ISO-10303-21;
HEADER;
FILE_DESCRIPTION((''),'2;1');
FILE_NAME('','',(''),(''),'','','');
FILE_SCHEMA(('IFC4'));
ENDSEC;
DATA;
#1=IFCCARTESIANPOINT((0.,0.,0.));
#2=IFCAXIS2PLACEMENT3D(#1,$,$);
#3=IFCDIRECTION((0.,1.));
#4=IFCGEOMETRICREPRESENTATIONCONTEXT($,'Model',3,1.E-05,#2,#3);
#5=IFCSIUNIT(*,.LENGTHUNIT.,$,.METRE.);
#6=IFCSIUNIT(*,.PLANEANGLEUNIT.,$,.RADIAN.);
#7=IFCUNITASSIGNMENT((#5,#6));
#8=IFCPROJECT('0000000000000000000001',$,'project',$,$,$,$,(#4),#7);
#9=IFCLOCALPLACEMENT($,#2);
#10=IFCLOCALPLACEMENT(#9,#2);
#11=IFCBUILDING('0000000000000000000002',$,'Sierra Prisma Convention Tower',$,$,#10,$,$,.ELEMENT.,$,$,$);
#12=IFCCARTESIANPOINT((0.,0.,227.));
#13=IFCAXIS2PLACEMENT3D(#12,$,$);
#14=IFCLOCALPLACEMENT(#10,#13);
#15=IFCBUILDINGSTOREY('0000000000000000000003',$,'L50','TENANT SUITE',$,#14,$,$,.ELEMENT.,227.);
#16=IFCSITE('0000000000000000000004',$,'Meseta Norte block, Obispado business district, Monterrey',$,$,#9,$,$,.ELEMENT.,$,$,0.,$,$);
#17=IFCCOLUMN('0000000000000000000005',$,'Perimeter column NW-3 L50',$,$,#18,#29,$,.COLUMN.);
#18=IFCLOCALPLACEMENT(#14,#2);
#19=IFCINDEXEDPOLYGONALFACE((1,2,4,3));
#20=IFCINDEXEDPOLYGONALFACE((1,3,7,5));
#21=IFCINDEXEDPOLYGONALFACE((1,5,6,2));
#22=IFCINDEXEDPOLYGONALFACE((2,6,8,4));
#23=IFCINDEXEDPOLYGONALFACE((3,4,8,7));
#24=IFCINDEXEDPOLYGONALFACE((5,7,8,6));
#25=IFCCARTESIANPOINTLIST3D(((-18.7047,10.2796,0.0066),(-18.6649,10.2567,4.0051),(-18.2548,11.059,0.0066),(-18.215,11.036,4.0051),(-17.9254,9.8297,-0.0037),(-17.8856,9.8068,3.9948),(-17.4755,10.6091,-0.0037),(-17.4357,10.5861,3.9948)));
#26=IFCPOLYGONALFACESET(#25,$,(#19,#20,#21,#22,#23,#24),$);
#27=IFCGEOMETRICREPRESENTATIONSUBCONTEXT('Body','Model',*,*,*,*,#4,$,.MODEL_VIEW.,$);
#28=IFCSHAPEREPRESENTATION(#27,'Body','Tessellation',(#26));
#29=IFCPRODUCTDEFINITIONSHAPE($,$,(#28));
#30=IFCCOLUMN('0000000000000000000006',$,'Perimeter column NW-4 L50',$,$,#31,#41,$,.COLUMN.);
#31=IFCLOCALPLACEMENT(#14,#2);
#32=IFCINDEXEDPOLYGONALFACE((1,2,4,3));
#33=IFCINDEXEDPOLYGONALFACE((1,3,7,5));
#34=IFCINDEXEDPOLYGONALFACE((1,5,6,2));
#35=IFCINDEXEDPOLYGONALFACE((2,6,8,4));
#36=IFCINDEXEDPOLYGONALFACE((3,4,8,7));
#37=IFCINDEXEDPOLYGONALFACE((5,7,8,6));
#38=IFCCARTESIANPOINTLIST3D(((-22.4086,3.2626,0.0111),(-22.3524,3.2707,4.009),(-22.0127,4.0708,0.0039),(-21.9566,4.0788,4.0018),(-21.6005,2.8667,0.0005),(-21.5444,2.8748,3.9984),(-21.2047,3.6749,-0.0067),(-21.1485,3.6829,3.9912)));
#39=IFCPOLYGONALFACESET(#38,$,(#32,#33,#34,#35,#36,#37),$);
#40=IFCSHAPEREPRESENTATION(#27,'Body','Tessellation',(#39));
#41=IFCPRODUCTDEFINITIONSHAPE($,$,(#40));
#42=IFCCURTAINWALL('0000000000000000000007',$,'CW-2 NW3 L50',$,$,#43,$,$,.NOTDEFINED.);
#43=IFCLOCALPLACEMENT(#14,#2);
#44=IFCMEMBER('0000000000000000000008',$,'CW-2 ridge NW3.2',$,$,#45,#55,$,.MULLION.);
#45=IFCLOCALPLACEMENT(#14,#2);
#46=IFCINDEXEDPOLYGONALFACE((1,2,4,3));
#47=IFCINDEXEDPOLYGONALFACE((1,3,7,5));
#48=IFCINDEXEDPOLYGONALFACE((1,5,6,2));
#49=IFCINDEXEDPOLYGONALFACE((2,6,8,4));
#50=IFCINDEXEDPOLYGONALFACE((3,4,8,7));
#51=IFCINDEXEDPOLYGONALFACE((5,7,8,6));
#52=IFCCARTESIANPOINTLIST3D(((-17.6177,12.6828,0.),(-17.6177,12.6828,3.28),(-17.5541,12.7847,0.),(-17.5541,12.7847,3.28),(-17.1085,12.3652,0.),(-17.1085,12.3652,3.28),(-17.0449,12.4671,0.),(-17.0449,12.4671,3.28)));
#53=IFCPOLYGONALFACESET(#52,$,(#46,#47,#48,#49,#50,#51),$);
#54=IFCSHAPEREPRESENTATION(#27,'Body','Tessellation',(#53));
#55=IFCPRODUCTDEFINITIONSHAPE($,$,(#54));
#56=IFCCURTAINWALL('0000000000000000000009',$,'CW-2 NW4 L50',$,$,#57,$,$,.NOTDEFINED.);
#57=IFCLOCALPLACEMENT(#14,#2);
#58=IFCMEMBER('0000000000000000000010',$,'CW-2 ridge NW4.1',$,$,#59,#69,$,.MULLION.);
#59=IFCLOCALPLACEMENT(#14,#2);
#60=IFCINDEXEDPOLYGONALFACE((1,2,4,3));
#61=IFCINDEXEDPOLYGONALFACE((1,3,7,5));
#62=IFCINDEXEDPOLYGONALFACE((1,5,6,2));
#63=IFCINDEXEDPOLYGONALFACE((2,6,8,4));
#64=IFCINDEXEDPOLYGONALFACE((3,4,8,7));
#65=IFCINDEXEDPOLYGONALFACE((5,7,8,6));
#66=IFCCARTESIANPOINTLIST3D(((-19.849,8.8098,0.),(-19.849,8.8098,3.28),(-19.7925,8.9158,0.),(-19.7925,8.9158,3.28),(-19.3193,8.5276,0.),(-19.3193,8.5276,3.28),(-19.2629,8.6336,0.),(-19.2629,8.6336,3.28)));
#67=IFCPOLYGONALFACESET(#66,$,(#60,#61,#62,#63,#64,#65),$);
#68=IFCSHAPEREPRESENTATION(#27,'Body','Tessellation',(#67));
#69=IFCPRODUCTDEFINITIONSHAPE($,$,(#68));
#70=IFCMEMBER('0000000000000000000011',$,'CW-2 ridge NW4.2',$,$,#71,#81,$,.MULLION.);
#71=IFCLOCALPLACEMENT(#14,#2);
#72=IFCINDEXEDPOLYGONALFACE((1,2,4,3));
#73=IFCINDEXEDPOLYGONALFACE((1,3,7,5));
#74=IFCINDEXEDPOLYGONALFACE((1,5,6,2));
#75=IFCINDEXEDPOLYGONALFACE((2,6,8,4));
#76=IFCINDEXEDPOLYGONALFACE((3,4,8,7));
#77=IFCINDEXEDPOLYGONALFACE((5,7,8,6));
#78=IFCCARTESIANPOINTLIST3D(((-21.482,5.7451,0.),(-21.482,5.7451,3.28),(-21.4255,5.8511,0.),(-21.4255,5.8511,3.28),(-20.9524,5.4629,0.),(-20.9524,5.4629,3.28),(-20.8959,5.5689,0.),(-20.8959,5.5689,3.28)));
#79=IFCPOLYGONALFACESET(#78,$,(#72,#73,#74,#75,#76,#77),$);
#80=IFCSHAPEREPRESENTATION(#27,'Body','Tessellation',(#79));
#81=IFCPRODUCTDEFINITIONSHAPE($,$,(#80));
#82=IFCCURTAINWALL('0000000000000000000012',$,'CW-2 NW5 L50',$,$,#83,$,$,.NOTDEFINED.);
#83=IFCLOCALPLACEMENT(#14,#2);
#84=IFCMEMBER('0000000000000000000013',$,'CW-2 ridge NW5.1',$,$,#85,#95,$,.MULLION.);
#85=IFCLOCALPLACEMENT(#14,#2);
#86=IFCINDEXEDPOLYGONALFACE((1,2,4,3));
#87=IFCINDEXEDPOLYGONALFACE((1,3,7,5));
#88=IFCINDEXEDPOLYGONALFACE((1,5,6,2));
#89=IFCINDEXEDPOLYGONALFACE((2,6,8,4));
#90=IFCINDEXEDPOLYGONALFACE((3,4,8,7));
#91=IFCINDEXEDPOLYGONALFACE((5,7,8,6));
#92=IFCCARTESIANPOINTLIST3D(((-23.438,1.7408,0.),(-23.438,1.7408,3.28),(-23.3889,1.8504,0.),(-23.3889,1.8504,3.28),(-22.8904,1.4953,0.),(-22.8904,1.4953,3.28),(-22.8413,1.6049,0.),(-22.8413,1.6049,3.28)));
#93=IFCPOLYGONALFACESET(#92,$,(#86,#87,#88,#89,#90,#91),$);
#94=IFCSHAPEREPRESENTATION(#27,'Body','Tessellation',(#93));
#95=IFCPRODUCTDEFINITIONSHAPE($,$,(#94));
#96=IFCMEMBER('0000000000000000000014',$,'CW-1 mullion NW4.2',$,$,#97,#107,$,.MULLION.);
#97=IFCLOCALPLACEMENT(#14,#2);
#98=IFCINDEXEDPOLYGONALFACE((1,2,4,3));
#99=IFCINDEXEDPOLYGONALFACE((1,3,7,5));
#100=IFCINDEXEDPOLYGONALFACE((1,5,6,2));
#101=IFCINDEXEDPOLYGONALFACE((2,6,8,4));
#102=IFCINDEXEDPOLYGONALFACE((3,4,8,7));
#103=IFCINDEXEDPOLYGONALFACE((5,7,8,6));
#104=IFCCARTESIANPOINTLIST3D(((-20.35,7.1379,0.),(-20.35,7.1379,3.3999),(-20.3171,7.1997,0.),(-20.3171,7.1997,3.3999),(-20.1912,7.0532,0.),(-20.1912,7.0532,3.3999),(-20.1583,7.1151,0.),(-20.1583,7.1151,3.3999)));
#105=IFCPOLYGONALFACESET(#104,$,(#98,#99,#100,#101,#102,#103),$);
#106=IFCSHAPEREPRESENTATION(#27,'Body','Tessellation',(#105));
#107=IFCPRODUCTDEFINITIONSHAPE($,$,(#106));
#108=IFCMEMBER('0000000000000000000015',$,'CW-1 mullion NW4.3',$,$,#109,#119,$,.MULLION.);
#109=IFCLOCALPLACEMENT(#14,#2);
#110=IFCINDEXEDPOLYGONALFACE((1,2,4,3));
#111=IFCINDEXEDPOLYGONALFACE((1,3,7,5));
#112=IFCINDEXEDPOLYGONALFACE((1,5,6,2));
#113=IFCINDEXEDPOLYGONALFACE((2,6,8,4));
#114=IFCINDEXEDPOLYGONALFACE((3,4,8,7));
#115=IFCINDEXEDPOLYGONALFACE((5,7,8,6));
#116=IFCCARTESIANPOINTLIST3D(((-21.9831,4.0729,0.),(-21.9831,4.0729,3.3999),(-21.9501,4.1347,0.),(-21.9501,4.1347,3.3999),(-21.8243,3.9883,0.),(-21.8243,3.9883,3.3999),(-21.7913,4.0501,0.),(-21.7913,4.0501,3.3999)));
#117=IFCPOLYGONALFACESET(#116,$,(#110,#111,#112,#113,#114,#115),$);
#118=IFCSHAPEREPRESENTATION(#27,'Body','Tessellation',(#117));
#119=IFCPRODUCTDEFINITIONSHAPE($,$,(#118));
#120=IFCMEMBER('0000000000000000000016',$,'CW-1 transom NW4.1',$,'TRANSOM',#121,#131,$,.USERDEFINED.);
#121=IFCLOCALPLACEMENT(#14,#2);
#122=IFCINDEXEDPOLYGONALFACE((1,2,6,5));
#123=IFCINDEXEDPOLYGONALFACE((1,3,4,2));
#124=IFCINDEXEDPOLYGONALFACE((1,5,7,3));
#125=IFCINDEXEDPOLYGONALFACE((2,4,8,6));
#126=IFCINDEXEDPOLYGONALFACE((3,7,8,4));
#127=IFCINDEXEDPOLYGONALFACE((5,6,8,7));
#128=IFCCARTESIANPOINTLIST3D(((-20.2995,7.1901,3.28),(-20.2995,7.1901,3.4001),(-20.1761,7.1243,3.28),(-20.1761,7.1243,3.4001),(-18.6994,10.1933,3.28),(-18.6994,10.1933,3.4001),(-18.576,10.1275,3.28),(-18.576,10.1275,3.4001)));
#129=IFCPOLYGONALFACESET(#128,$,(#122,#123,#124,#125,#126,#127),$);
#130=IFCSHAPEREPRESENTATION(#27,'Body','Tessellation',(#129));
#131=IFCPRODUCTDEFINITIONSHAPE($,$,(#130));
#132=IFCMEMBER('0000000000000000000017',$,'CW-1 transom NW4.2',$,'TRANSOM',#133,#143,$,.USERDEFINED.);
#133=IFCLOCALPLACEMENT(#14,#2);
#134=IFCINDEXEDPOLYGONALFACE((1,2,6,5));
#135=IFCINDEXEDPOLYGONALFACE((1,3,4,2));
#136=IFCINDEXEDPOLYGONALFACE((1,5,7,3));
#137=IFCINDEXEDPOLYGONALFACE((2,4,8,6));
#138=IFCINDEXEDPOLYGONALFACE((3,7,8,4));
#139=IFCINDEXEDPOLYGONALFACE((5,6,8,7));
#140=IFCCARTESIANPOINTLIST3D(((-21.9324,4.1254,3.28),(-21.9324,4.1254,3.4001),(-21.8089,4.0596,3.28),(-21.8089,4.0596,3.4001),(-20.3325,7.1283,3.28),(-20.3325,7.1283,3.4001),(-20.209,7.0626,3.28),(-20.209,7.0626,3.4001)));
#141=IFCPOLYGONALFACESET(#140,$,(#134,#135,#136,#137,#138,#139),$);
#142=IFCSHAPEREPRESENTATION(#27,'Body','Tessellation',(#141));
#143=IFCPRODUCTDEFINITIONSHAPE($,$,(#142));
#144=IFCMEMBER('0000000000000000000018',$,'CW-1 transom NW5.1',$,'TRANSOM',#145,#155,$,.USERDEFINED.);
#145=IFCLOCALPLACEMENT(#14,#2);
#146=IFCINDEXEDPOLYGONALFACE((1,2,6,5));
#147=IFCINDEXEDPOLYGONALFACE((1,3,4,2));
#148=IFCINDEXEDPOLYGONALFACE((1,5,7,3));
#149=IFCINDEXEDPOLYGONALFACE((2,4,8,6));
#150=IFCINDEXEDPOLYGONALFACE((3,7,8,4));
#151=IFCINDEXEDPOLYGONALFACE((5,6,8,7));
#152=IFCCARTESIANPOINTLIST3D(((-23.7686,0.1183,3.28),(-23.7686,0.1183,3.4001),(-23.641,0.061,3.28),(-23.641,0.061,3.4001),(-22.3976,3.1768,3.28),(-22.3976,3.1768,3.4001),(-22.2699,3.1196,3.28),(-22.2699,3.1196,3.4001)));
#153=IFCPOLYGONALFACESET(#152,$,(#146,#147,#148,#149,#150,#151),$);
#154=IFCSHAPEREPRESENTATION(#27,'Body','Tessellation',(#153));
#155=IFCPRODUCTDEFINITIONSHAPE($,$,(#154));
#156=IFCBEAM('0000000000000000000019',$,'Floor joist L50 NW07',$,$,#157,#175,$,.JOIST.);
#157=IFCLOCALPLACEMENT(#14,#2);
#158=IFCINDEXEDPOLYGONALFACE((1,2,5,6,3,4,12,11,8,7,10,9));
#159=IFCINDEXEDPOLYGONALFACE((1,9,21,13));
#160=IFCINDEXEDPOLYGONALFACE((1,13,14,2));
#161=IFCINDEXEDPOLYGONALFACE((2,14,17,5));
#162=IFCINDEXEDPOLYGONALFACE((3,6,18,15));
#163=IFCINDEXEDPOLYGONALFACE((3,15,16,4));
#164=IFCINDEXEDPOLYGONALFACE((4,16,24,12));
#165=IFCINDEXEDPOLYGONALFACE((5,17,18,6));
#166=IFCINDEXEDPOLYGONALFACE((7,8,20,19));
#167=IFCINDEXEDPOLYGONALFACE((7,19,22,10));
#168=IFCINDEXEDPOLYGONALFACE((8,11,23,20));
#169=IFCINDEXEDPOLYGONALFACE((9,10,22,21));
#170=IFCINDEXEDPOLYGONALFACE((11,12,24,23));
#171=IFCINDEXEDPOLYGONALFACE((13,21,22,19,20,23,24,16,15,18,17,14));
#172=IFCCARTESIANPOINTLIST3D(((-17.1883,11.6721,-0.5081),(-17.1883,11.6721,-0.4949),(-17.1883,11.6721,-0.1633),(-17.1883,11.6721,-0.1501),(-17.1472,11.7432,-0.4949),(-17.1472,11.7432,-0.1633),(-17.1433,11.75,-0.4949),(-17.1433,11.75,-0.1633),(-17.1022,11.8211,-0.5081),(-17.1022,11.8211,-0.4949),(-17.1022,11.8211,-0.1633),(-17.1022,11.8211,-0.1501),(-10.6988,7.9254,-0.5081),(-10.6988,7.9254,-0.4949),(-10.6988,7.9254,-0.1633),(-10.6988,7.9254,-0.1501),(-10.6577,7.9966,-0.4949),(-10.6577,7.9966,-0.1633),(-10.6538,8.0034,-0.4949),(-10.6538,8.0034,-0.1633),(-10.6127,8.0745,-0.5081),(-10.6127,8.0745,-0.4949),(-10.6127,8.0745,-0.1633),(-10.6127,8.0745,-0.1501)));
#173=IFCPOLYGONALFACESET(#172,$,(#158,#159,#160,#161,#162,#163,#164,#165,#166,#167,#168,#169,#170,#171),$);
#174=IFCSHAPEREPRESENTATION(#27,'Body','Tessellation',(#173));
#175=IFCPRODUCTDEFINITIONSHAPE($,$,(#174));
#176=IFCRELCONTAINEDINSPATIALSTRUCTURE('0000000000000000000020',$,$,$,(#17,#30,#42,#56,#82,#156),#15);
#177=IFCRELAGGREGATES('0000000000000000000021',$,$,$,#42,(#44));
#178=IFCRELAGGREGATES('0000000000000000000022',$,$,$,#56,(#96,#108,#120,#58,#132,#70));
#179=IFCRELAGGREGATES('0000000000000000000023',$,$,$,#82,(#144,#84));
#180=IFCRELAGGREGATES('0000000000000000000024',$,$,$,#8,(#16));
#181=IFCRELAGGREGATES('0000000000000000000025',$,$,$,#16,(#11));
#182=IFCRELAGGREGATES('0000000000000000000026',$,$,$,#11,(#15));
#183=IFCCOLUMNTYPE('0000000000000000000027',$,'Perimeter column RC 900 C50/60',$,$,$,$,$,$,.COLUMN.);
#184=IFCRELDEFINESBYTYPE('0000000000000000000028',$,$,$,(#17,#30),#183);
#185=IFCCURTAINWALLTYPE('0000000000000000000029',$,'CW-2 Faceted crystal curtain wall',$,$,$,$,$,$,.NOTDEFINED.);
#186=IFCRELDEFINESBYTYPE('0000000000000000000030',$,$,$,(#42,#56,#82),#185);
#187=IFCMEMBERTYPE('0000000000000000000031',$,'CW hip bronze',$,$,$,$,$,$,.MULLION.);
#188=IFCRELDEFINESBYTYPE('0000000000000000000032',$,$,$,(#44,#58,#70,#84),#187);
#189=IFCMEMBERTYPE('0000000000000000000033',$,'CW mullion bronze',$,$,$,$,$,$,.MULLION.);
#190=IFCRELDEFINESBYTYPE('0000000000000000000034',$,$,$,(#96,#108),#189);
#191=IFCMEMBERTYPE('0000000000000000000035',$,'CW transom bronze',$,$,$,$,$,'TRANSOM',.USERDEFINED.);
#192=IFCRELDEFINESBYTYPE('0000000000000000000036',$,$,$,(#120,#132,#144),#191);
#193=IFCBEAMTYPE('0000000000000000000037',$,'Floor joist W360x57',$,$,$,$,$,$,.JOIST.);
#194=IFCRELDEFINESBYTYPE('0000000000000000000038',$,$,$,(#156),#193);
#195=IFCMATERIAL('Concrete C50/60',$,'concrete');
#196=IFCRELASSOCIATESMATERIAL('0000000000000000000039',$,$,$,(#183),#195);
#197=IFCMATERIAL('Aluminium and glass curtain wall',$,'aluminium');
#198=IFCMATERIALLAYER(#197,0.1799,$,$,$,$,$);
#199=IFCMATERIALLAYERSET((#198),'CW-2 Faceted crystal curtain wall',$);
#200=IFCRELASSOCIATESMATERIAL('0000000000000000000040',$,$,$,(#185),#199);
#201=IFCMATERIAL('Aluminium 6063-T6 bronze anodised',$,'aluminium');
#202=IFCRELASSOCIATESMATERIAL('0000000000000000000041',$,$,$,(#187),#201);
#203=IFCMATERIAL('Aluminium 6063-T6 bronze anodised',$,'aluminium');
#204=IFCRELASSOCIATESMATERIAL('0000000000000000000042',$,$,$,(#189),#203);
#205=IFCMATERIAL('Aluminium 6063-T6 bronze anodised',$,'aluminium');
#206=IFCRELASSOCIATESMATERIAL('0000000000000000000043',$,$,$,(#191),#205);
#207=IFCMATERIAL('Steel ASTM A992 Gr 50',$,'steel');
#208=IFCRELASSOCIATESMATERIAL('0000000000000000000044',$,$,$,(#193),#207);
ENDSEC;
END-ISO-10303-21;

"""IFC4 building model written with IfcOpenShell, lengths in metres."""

from ifc_helpers import new_model, si_unit, direction, frame, origin, origin_2d, place, context, subcontext, project, spatial, rectangle, i_section, extrude, clip, halfspace, material, layer, layer_set, material_profile, profile_set, type_object, element, aggregate, save


model = new_model("IFC4")

# Units and contexts
model_context = context("Model", 3, precision=1e-05, world=origin(), true_north=direction((0.0, 1.0)))
body_context = subcontext(model_context, "Body", "Model", "MODEL_VIEW")
ifc_project = project(units=[si_unit("LENGTHUNIT", "METRE"), si_unit("PLANEANGLEUNIT", "RADIAN")], contexts=[model_context])

# Site, building, storey
site_placement = place(None, origin())
site = spatial("IfcSite", under=ifc_project, at=site_placement, Name="Meseta Norte block, Obispado business district, Monterrey", CompositionType="ELEMENT", RefElevation=0.0)
building_placement = place(site_placement, origin())
building = spatial("IfcBuilding", under=site, at=building_placement, Name="Sierra Prisma Convention Tower", CompositionType="ELEMENT")
storey_placement = place(building_placement, frame((0.0, 0.0, 227.0)))
storey = spatial("IfcBuildingStorey", under=building, at=storey_placement, Name="L50", Description="TENANT SUITE", CompositionType="ELEMENT", Elevation=227.0)

# Columns
ifc_material_1 = material(Name="Concrete C50/60", Category="concrete")
ifc_material_profile_1 = material_profile(ifc_material_1, rectangle(XDim=0.8999, YDim=0.8999, at=origin_2d()), Name="Perimeter column RC 900 C50/60")
ifc_profile_set_1 = profile_set([ifc_material_profile_1], Name="Concrete C50/60")
column_type = type_object("IfcColumnType", Name="Perimeter column RC 900 C50/60", PredefinedType="COLUMN", material=ifc_profile_set_1)
column_1_placement = place(storey_placement, frame((-18.0901, 10.4443, 0.0), z_axis=(0.009948, -0.005737, 0.999934), x_axis=(0.499975, 0.86604, -0.000005)))
element("IfcColumn", 1, at=column_1_placement, inside=storey, type_object=column_type, Name="Perimeter column NW-3 L50", PredefinedType="COLUMN", context=body_context, shape_type="SweptSolid", body=[
    clip(extrude(rectangle(XDim=0.8999, YDim=0.8999, at=origin_2d()), origin(), (0.0, 0.0, 1.0), 4.0002), halfspace(frame((0.0, 0.0, 0.0015)), True)),
])
column_2_placement = place(storey_placement, frame((-21.8066, 3.4688, 0.0), z_axis=(0.014037, 0.002014, 0.999899), x_axis=(0.439871, 0.898026, -0.007984)))
element("IfcColumn", 2, at=column_2_placement, inside=storey, type_object=column_type, Name="Perimeter column NW-4 L50", PredefinedType="COLUMN", context=body_context, shape_type="SweptSolid", body=[
    clip(extrude(rectangle(XDim=0.8999, YDim=0.8999, at=origin_2d()), origin(), (0.0, 0.0, 1.0), 4.0005), halfspace(frame((0.0, 0.0, 0.0022)), True)),
])

# Curtain wall, member
ifc_material_2 = material(Name="Aluminium and glass curtain wall", Category="aluminium")
ifc_layer_1 = layer(ifc_material_2, 0.1799)
ifc_layer_set_1 = layer_set([ifc_layer_1], Name="CW-2 Faceted crystal curtain wall")
curtain_wall_type = type_object("IfcCurtainWallType", Name="CW-2 Faceted crystal curtain wall", PredefinedType="NOTDEFINED", material=ifc_layer_set_1)
curtain_wall_1_placement = place(storey_placement, origin())
curtain_wall_1 = element("IfcCurtainWall", 3, at=curtain_wall_1_placement, inside=storey, type_object=curtain_wall_type, Name="CW-2 NW3 L50", PredefinedType="NOTDEFINED")
ifc_material_3 = material(Name="Aluminium 6063-T6 bronze anodised", Category="aluminium")
ifc_material_profile_2 = material_profile(ifc_material_3, rectangle(XDim=0.1201, YDim=0.6001, at=origin_2d()), Name="ALU RIDGE BLADE 120x600")
ifc_profile_set_2 = profile_set([ifc_material_profile_2], Name="Aluminium 6063-T6 bronze anodised")
member_type_1 = type_object("IfcMemberType", Name="CW hip bronze", PredefinedType="MULLION", material=ifc_profile_set_2)
member_1_placement = place(storey_placement, frame((-17.3313, 12.575, 0.0), z_axis=(0.0, 0.0, 1.0), x_axis=(-0.529191, -0.848503, 0.0)))
member_1 = element("IfcMember", 4, at=member_1_placement, type_object=member_type_1, Name="CW-2 ridge NW3.2", PredefinedType="MULLION", context=body_context, shape_type="SweptSolid", body=[
    extrude(rectangle(XDim=0.1201, YDim=0.6001, at=origin_2d()), origin(), (0.0, 0.0, 1.0), 3.28),
])

# Curtain wall, members
curtain_wall_2_placement = place(storey_placement, origin())
curtain_wall_2 = element("IfcCurtainWall", 5, at=curtain_wall_2_placement, inside=storey, type_object=curtain_wall_type, Name="CW-2 NW4 L50", PredefinedType="NOTDEFINED")
member_2_placement = place(storey_placement, frame((-19.5559, 8.7217, 0.0), z_axis=(0.0, 0.0, 1.0), x_axis=(-0.47023, -0.882544, 0.0)))
member_2 = element("IfcMember", 6, at=member_2_placement, type_object=member_type_1, Name="CW-2 ridge NW4.1", PredefinedType="MULLION", context=body_context, shape_type="SweptSolid", body=[
    extrude(rectangle(XDim=0.1201, YDim=0.6001, at=origin_2d()), origin(), (0.0, 0.0, 1.0), 3.28),
])
member_3_placement = place(storey_placement, frame((-21.189, 5.657, 0.0), z_axis=(0.0, 0.0, 1.0), x_axis=(-0.47023, -0.882544, 0.0)))
member_3 = element("IfcMember", 7, at=member_3_placement, type_object=member_type_1, Name="CW-2 ridge NW4.2", PredefinedType="MULLION", context=body_context, shape_type="SweptSolid", body=[
    extrude(rectangle(XDim=0.1201, YDim=0.6001, at=origin_2d()), origin(), (0.0, 0.0, 1.0), 3.28),
])

# Curtain wall, member
curtain_wall_3_placement = place(storey_placement, origin())
curtain_wall_3 = element("IfcCurtainWall", 8, at=curtain_wall_3_placement, inside=storey, type_object=curtain_wall_type, Name="CW-2 NW5 L50", PredefinedType="NOTDEFINED")
member_4_placement = place(storey_placement, frame((-23.1396, 1.6729, 0.0), z_axis=(0.0, 0.0, 1.0), x_axis=(-0.409089, -0.912494, 0.0)))
member_4 = element("IfcMember", 9, at=member_4_placement, type_object=member_type_1, Name="CW-2 ridge NW5.1", PredefinedType="MULLION", context=body_context, shape_type="SweptSolid", body=[
    extrude(rectangle(XDim=0.1201, YDim=0.6001, at=origin_2d()), origin(), (0.0, 0.0, 1.0), 3.28),
])

# Members
ifc_material_4 = material(Name="Aluminium 6063-T6 bronze anodised", Category="aluminium")
ifc_material_profile_3 = material_profile(ifc_material_4, rectangle(XDim=0.1799, YDim=0.0701, at=origin_2d()), Name="ALU MULLION 70x180")
ifc_profile_set_3 = profile_set([ifc_material_profile_3], Name="Aluminium 6063-T6 bronze anodised")
member_type_2 = type_object("IfcMemberType", Name="CW mullion bronze", PredefinedType="MULLION", material=ifc_profile_set_3)
member_5_placement = place(storey_placement, frame((-20.2542, 7.1265, 0.0), z_axis=(0.0, 0.0, 1.0), x_axis=(0.882544, -0.47023, 0.0)))
member_5 = element("IfcMember", 10, at=member_5_placement, type_object=member_type_2, Name="CW-1 mullion NW4.2", PredefinedType="MULLION", context=body_context, shape_type="SweptSolid", body=[
    extrude(rectangle(XDim=0.1799, YDim=0.0701, at=origin_2d()), origin(), (0.0, 0.0, 1.0), 3.3999),
])
member_6_placement = place(storey_placement, frame((-21.8872, 4.0615, 0.0), z_axis=(0.0, 0.0, 1.0), x_axis=(0.882544, -0.47023, 0.0)))
member_6 = element("IfcMember", 11, at=member_6_placement, type_object=member_type_2, Name="CW-1 mullion NW4.3", PredefinedType="MULLION", context=body_context, shape_type="SweptSolid", body=[
    extrude(rectangle(XDim=0.1799, YDim=0.0701, at=origin_2d()), origin(), (0.0, 0.0, 1.0), 3.3999),
])
ifc_material_5 = material(Name="Aluminium 6063-T6 bronze anodised", Category="aluminium")
ifc_material_profile_4 = material_profile(ifc_material_5, rectangle(XDim=0.1399, YDim=0.1201, at=origin_2d()), Name="ALU TRANSOM 120x140")
ifc_profile_set_4 = profile_set([ifc_material_profile_4], Name="Aluminium 6063-T6 bronze anodised")
member_type_3 = type_object("IfcMemberType", Name="CW transom bronze", ElementType="TRANSOM", PredefinedType="USERDEFINED", material=ifc_profile_set_4)
member_7_placement = place(storey_placement, frame((-18.6377, 10.1604, 3.3401), z_axis=(-0.470223, -0.882547, 0.0), x_axis=(0.882547, -0.470223, 0.0)))
member_7 = element("IfcMember", 12, at=member_7_placement, type_object=member_type_3, Name="CW-1 transom NW4.1", ObjectType="TRANSOM", PredefinedType="USERDEFINED", context=body_context, shape_type="SweptSolid", body=[
    extrude(rectangle(XDim=0.1399, YDim=0.1201, at=origin_2d()), origin(), (0.0, 0.0, 1.0), 3.4028),
])
member_8_placement = place(storey_placement, frame((-20.2708, 7.0955, 3.3401), z_axis=(-0.470197, -0.882561, 0.0), x_axis=(0.882561, -0.470197, 0.0)))
member_8 = element("IfcMember", 13, at=member_8_placement, type_object=member_type_3, Name="CW-1 transom NW4.2", ObjectType="TRANSOM", PredefinedType="USERDEFINED", context=body_context, shape_type="SweptSolid", body=[
    extrude(rectangle(XDim=0.1399, YDim=0.1201, at=origin_2d()), origin(), (0.0, 0.0, 1.0), 3.4026),
])
member_9_placement = place(storey_placement, frame((-22.3337, 3.1482, 3.3401), z_axis=(-0.409056, -0.912509, 0.0), x_axis=(0.912509, -0.409056, 0.0)))
member_9 = element("IfcMember", 14, at=member_9_placement, type_object=member_type_3, Name="CW-1 transom NW5.1", ObjectType="TRANSOM", PredefinedType="USERDEFINED", context=body_context, shape_type="SweptSolid", body=[
    extrude(rectangle(XDim=0.1399, YDim=0.1201, at=origin_2d()), origin(), (0.0, 0.0, 1.0), 3.3518),
])

# Beam
ifc_material_6 = material(Name="Steel ASTM A992 Gr 50", Category="steel")
ifc_material_profile_5 = material_profile(ifc_material_6, i_section(OverallWidth=0.1721, OverallDepth=0.3579, WebThickness=0.0078, FlangeThickness=0.0132, at=origin_2d()), Name="W360x57")
ifc_profile_set_5 = profile_set([ifc_material_profile_5], Name="Steel ASTM A992 Gr 50")
beam_type_1 = type_object("IfcBeamType", Name="Floor joist W360x57", PredefinedType="JOIST", material=ifc_profile_set_5)
beam_1_placement = place(storey_placement, frame((-17.1453, 11.7466, -0.3291), z_axis=(0.866033, -0.499987, 0.0), x_axis=(0.499987, 0.866033, 0.0)))
element("IfcBeam", 15, at=beam_1_placement, inside=storey, type_object=beam_type_1, Name="Floor joist L50 NW07", PredefinedType="JOIST", context=body_context, shape_type="SweptSolid", body=[
    extrude(i_section(OverallWidth=0.1721, OverallDepth=0.3579, WebThickness=0.0078, FlangeThickness=0.0132, at=origin_2d()), origin(), (0.0, 0.0, 1.0), 7.4934),
])

aggregate(curtain_wall_1, [member_1])
aggregate(curtain_wall_2, [member_5, member_6, member_7, member_2, member_8, member_3])
aggregate(curtain_wall_3, [member_9, member_4])

save(model, "model.ifc")
